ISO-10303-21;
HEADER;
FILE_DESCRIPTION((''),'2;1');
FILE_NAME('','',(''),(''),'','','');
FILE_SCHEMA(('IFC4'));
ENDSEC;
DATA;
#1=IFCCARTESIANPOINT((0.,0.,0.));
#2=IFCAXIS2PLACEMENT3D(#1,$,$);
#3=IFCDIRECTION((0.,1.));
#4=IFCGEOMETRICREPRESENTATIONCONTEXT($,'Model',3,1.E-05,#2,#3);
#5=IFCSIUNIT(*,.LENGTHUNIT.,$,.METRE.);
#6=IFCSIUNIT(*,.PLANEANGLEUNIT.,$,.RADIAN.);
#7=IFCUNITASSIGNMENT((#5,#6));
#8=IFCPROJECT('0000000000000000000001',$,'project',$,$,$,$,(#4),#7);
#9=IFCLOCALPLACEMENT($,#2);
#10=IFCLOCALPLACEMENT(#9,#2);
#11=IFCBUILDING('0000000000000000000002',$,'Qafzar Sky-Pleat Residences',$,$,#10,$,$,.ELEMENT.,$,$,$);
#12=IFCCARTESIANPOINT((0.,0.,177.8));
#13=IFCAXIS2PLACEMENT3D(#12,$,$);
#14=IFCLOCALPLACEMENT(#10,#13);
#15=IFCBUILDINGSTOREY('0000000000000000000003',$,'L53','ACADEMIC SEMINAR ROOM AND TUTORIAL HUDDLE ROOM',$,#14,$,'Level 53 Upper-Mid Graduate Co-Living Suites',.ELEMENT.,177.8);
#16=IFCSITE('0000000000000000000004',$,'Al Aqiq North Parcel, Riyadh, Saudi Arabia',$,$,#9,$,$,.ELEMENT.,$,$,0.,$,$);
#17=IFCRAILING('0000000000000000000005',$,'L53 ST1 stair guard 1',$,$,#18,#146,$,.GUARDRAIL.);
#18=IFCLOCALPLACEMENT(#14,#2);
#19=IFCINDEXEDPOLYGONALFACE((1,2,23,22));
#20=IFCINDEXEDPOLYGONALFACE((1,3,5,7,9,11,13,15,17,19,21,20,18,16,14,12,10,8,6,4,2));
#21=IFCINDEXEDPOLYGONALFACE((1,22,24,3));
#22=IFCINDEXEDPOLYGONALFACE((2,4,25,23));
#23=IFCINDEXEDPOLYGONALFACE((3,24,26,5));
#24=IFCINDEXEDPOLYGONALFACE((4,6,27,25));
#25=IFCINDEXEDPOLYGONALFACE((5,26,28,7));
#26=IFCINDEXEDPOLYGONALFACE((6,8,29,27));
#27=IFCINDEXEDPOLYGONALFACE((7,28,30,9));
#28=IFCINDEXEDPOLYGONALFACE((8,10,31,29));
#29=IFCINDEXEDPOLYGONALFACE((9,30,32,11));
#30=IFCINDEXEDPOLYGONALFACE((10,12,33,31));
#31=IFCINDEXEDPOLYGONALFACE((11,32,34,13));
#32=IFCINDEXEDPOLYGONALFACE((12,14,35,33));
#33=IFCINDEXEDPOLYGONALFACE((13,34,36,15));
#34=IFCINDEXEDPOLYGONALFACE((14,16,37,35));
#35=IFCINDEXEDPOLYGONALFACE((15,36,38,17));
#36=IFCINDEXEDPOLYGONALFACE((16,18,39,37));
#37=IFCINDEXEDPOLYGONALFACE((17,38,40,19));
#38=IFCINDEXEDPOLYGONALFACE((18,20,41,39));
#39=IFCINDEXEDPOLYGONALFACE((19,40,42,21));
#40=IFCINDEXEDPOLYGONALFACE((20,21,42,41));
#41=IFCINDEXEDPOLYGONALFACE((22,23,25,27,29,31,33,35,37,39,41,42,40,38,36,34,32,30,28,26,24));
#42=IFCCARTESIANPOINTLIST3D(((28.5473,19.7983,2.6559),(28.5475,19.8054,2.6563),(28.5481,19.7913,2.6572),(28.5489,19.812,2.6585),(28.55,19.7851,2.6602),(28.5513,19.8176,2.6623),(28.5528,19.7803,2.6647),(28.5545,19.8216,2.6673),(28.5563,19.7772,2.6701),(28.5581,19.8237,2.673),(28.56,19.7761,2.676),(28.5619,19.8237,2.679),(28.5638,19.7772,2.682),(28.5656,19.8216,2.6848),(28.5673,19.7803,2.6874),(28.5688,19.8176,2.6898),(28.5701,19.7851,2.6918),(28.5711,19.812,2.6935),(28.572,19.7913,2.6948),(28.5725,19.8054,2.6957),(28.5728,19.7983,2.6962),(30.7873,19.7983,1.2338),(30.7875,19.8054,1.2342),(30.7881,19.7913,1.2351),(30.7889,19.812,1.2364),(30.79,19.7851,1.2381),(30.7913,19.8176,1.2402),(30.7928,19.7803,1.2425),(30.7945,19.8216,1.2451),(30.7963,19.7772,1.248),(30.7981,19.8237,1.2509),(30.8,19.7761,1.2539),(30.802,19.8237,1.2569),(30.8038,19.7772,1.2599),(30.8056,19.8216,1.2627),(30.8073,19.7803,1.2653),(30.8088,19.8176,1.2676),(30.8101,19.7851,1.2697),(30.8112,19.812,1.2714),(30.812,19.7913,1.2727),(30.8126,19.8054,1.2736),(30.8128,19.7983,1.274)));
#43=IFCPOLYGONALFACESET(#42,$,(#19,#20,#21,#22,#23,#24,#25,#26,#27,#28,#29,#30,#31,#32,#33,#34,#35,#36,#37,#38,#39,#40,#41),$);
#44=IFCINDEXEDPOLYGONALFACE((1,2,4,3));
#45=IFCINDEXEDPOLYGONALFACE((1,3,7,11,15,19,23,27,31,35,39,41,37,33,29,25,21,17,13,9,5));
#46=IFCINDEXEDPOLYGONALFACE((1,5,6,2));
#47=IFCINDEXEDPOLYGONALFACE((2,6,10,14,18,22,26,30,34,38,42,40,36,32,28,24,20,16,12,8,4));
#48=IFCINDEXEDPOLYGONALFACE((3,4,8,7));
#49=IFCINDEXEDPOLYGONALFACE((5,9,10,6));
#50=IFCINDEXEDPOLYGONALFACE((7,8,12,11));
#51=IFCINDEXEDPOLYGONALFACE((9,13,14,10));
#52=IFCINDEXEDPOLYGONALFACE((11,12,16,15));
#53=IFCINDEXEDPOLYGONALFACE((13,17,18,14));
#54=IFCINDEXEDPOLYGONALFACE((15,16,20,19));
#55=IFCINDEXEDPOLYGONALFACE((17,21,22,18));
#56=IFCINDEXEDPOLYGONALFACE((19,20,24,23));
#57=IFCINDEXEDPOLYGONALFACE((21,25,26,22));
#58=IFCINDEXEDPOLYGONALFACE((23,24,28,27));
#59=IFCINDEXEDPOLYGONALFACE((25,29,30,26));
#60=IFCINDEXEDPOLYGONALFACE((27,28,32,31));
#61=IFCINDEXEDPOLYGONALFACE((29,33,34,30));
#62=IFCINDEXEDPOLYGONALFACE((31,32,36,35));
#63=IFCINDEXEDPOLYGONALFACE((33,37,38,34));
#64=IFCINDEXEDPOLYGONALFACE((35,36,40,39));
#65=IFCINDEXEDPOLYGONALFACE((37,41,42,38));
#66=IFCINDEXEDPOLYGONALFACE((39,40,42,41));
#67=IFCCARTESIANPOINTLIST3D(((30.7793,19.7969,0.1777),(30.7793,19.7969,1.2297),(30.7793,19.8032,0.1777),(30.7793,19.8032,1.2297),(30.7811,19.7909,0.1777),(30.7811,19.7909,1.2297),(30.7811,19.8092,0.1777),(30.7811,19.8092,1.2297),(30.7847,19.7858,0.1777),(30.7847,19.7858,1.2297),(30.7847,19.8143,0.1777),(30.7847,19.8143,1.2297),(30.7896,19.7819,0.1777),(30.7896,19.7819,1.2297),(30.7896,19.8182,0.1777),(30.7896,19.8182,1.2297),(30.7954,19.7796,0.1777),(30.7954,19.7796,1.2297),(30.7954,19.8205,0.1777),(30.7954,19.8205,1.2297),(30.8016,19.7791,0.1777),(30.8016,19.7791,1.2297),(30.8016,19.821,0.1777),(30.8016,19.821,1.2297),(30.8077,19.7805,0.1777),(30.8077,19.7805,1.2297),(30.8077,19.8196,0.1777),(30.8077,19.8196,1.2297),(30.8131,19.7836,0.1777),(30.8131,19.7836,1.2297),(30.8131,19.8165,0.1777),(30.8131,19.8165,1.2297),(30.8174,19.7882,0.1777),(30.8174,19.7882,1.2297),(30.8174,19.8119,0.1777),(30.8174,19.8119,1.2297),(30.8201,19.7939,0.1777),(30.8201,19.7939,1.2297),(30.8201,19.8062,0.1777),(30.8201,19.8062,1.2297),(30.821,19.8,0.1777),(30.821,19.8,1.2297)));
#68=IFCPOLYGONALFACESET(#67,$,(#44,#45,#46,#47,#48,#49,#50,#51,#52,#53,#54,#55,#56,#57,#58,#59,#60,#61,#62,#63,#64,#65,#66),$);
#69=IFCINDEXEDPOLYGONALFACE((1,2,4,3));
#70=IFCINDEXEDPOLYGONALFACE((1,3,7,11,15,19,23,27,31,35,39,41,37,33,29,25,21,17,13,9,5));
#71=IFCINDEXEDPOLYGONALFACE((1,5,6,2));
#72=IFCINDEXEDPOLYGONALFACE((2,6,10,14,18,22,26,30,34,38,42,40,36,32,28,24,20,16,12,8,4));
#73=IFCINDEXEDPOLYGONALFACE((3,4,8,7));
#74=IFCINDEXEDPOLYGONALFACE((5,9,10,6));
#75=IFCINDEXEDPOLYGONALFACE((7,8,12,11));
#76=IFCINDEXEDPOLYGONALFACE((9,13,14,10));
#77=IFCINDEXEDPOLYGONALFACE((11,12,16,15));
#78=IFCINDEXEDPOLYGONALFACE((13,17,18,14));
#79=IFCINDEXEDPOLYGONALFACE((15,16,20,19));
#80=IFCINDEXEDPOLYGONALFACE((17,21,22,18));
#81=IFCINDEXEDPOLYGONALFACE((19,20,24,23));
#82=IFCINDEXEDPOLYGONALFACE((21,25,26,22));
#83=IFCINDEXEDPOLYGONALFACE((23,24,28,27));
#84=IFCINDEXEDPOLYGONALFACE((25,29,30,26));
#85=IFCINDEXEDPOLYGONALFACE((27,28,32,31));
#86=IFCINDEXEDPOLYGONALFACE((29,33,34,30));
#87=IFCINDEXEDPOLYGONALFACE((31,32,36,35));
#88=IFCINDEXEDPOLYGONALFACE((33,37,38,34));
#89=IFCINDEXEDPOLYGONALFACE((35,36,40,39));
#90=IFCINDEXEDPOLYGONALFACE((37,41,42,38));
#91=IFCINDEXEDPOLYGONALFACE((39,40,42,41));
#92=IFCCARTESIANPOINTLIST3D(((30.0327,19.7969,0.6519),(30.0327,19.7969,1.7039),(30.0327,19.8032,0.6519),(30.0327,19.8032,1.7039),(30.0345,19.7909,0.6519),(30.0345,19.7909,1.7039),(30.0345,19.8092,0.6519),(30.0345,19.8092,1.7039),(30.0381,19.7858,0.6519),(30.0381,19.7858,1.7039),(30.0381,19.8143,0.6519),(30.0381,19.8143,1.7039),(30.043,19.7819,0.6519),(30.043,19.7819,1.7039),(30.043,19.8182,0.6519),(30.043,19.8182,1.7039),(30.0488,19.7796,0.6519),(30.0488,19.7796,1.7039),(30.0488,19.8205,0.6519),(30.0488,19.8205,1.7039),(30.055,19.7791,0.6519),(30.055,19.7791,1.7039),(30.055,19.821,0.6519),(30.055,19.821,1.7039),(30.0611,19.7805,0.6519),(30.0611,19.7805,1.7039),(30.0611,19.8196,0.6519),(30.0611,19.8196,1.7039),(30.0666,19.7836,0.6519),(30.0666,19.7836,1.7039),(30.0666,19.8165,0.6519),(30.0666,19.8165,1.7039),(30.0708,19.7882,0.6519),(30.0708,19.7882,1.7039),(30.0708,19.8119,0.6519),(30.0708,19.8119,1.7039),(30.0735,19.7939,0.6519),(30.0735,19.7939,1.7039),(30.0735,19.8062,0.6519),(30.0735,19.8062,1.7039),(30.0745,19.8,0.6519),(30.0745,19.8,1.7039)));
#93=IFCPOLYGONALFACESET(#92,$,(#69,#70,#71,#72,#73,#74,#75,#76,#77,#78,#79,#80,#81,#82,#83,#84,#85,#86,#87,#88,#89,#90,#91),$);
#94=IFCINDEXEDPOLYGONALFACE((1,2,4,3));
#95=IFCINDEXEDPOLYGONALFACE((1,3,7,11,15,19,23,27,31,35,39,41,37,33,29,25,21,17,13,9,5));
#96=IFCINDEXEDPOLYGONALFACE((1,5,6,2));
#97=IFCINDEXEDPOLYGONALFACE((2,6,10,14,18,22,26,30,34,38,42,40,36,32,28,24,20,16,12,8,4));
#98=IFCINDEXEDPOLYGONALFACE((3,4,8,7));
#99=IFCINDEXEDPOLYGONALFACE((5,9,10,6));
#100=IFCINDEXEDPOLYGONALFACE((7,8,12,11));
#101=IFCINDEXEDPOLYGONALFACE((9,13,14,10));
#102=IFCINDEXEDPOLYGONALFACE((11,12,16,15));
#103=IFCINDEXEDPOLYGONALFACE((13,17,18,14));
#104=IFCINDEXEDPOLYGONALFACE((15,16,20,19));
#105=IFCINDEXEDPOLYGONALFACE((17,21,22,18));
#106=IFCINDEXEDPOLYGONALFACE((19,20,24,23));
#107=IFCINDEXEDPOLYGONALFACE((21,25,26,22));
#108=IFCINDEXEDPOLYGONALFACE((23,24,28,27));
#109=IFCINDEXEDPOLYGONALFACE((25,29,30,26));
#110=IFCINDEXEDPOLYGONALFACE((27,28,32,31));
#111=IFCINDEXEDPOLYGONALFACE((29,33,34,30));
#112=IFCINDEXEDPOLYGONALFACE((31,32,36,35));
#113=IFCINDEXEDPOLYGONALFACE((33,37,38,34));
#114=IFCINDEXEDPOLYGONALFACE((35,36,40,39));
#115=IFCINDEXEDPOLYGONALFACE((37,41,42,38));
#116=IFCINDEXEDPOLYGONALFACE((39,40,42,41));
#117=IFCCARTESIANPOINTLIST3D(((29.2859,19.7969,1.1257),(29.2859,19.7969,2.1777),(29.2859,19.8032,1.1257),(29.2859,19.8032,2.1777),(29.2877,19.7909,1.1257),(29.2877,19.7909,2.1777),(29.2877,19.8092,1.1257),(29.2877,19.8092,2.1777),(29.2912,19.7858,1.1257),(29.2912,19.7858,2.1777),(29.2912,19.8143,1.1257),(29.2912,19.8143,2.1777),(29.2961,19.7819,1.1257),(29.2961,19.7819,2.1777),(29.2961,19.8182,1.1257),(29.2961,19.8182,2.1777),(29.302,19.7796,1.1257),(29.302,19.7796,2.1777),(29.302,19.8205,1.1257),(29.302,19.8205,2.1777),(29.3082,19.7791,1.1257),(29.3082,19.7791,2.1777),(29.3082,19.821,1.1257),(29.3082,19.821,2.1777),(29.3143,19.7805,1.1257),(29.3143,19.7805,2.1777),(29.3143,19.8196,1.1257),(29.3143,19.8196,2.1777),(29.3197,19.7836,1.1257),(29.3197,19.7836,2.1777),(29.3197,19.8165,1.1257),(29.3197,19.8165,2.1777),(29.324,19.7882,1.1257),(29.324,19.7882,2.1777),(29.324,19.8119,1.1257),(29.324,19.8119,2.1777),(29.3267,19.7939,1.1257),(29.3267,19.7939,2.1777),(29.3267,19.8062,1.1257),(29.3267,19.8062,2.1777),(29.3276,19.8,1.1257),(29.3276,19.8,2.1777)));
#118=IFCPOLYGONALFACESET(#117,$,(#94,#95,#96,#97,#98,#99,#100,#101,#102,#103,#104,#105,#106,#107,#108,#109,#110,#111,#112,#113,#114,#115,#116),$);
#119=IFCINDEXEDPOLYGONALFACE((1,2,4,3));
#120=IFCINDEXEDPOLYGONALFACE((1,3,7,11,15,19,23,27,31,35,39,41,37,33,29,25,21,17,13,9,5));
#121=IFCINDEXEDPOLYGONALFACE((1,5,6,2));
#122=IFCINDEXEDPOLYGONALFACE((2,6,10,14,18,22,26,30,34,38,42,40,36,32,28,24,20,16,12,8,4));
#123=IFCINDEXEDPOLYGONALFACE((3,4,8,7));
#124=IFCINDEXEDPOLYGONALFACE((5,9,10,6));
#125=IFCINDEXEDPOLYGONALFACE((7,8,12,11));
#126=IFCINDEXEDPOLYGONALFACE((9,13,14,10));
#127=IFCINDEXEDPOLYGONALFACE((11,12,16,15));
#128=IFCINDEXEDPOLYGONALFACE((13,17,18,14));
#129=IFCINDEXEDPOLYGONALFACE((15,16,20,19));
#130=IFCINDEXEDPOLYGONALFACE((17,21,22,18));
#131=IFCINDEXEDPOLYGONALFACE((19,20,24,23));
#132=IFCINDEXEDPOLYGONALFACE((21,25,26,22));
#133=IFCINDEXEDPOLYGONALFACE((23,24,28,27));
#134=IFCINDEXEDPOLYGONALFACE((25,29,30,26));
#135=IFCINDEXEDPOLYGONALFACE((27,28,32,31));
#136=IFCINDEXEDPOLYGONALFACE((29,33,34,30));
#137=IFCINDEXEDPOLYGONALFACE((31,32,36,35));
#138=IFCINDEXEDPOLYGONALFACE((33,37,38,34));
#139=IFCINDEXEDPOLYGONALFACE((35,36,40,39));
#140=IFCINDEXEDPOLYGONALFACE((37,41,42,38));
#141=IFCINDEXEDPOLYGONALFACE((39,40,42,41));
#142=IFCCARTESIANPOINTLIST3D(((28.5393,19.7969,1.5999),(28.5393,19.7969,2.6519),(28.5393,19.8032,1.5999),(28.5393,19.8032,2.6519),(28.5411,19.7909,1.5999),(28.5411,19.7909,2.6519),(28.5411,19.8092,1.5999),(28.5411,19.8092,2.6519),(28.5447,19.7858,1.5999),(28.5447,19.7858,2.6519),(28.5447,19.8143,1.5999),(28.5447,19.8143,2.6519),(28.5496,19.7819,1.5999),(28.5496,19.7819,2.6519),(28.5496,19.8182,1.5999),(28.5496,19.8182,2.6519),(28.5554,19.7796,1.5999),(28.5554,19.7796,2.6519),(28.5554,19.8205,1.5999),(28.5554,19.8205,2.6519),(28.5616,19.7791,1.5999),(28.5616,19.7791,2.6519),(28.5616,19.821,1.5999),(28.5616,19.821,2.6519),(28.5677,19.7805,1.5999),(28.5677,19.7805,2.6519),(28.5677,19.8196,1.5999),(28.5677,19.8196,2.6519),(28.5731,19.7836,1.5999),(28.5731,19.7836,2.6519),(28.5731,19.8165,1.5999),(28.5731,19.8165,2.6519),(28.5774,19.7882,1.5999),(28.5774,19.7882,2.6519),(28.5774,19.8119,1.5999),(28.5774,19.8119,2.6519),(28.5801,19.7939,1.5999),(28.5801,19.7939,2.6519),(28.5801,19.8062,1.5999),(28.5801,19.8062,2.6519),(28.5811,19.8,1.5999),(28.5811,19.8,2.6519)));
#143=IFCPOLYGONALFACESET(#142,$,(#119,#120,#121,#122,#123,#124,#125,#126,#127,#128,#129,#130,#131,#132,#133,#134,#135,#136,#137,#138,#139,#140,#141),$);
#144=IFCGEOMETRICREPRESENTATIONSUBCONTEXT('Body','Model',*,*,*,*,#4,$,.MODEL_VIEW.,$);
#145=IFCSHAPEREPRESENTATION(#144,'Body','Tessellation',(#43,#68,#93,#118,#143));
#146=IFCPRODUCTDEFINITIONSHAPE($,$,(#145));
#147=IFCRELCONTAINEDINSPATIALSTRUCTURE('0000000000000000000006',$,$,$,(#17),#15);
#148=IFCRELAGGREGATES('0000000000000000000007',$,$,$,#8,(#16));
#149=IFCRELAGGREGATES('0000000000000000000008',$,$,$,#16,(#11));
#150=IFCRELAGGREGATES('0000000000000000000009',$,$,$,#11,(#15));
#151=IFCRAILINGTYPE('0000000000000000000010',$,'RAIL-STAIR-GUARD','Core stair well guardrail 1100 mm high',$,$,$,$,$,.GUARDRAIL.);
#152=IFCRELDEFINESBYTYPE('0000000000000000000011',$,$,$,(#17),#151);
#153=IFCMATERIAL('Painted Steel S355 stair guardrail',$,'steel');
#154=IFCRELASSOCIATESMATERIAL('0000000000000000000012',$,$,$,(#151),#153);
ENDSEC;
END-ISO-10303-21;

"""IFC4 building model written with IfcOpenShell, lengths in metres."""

from ifc_helpers import new_model, si_unit, direction, frame, origin, origin_2d, place, context, subcontext, project, spatial, circle, extrude, source, transform, mapped, material, type_object, element, save


model = new_model("IFC4")

# Units and contexts
model_context = context("Model", 3, precision=1e-05, world=origin(), true_north=direction((0.0, 1.0)))
body_context = subcontext(model_context, "Body", "Model", "MODEL_VIEW")
ifc_project = project(units=[si_unit("LENGTHUNIT", "METRE"), si_unit("PLANEANGLEUNIT", "RADIAN")], contexts=[model_context])

# Site, building, storey
site_placement = place(None, origin())
site = spatial("IfcSite", under=ifc_project, at=site_placement, Name="Al Aqiq North Parcel, Riyadh, Saudi Arabia", CompositionType="ELEMENT", RefElevation=0.0)
building_placement = place(site_placement, origin())
building = spatial("IfcBuilding", under=site, at=building_placement, Name="Qafzar Sky-Pleat Residences", CompositionType="ELEMENT")
storey_placement = place(building_placement, frame((0.0, 0.0, 177.8)))
storey = spatial("IfcBuildingStorey", under=building, at=storey_placement, Name="L53", Description="ACADEMIC SEMINAR ROOM AND TUTORIAL HUDDLE ROOM", LongName="Level 53 Upper-Mid Graduate Co-Living Suites", CompositionType="ELEMENT", Elevation=177.8)

# Railing
ifc_material_1 = material(Name="Painted Steel S355 stair guardrail", Category="steel")
railing_type_1 = type_object("IfcRailingType", Name="RAIL-STAIR-GUARD", Description="Core stair well guardrail 1100 mm high", PredefinedType="GUARDRAIL", material=ifc_material_1)
shared_shape_1 = source(origin(), body_context, "Body", "SweptSolid", [
    extrude(circle(Radius=0.0239, at=origin_2d()), frame((0.0, 0.0, 1.0762), z_axis=(-0.844229, 0.0, 0.535982), x_axis=(0.0, -1.0, 0.0)), (0.0, 0.0, 1.0), 2.6533),
    extrude(circle(Radius=0.021, at=origin_2d()), origin(), (0.0, 0.0, 1.0), 1.052),
    extrude(circle(Radius=0.021, at=origin_2d()), frame((-0.7466, 0.0, 0.4741)), (0.0, 0.0, 1.0), 1.052),
    extrude(circle(Radius=0.021, at=origin_2d()), frame((-1.4934, 0.0, 0.948)), (0.0, 0.0, 1.0), 1.052),
    extrude(circle(Radius=0.021, at=origin_2d()), frame((-2.24, 0.0, 1.4221)), (0.0, 0.0, 1.0), 1.052),
])
railing_1_placement = place(storey_placement, frame((30.8, 19.8, 0.1777)))
element("IfcRailing", 1, at=railing_1_placement, inside=storey, type_object=railing_type_1, Name="L53 ST1 stair guard 1", PredefinedType="GUARDRAIL", context=body_context, shape_type="MappedRepresentation", body=[
    mapped(shared_shape_1, transform((0.0, 0.0, 0.0), x_axis=(1.0, 0.0, 0.0), y_axis=(0.0, 1.0, 0.0), z_axis=(0.0, 0.0, 1.0), scale=1.0)),
])

save(model, "model.ifc")
